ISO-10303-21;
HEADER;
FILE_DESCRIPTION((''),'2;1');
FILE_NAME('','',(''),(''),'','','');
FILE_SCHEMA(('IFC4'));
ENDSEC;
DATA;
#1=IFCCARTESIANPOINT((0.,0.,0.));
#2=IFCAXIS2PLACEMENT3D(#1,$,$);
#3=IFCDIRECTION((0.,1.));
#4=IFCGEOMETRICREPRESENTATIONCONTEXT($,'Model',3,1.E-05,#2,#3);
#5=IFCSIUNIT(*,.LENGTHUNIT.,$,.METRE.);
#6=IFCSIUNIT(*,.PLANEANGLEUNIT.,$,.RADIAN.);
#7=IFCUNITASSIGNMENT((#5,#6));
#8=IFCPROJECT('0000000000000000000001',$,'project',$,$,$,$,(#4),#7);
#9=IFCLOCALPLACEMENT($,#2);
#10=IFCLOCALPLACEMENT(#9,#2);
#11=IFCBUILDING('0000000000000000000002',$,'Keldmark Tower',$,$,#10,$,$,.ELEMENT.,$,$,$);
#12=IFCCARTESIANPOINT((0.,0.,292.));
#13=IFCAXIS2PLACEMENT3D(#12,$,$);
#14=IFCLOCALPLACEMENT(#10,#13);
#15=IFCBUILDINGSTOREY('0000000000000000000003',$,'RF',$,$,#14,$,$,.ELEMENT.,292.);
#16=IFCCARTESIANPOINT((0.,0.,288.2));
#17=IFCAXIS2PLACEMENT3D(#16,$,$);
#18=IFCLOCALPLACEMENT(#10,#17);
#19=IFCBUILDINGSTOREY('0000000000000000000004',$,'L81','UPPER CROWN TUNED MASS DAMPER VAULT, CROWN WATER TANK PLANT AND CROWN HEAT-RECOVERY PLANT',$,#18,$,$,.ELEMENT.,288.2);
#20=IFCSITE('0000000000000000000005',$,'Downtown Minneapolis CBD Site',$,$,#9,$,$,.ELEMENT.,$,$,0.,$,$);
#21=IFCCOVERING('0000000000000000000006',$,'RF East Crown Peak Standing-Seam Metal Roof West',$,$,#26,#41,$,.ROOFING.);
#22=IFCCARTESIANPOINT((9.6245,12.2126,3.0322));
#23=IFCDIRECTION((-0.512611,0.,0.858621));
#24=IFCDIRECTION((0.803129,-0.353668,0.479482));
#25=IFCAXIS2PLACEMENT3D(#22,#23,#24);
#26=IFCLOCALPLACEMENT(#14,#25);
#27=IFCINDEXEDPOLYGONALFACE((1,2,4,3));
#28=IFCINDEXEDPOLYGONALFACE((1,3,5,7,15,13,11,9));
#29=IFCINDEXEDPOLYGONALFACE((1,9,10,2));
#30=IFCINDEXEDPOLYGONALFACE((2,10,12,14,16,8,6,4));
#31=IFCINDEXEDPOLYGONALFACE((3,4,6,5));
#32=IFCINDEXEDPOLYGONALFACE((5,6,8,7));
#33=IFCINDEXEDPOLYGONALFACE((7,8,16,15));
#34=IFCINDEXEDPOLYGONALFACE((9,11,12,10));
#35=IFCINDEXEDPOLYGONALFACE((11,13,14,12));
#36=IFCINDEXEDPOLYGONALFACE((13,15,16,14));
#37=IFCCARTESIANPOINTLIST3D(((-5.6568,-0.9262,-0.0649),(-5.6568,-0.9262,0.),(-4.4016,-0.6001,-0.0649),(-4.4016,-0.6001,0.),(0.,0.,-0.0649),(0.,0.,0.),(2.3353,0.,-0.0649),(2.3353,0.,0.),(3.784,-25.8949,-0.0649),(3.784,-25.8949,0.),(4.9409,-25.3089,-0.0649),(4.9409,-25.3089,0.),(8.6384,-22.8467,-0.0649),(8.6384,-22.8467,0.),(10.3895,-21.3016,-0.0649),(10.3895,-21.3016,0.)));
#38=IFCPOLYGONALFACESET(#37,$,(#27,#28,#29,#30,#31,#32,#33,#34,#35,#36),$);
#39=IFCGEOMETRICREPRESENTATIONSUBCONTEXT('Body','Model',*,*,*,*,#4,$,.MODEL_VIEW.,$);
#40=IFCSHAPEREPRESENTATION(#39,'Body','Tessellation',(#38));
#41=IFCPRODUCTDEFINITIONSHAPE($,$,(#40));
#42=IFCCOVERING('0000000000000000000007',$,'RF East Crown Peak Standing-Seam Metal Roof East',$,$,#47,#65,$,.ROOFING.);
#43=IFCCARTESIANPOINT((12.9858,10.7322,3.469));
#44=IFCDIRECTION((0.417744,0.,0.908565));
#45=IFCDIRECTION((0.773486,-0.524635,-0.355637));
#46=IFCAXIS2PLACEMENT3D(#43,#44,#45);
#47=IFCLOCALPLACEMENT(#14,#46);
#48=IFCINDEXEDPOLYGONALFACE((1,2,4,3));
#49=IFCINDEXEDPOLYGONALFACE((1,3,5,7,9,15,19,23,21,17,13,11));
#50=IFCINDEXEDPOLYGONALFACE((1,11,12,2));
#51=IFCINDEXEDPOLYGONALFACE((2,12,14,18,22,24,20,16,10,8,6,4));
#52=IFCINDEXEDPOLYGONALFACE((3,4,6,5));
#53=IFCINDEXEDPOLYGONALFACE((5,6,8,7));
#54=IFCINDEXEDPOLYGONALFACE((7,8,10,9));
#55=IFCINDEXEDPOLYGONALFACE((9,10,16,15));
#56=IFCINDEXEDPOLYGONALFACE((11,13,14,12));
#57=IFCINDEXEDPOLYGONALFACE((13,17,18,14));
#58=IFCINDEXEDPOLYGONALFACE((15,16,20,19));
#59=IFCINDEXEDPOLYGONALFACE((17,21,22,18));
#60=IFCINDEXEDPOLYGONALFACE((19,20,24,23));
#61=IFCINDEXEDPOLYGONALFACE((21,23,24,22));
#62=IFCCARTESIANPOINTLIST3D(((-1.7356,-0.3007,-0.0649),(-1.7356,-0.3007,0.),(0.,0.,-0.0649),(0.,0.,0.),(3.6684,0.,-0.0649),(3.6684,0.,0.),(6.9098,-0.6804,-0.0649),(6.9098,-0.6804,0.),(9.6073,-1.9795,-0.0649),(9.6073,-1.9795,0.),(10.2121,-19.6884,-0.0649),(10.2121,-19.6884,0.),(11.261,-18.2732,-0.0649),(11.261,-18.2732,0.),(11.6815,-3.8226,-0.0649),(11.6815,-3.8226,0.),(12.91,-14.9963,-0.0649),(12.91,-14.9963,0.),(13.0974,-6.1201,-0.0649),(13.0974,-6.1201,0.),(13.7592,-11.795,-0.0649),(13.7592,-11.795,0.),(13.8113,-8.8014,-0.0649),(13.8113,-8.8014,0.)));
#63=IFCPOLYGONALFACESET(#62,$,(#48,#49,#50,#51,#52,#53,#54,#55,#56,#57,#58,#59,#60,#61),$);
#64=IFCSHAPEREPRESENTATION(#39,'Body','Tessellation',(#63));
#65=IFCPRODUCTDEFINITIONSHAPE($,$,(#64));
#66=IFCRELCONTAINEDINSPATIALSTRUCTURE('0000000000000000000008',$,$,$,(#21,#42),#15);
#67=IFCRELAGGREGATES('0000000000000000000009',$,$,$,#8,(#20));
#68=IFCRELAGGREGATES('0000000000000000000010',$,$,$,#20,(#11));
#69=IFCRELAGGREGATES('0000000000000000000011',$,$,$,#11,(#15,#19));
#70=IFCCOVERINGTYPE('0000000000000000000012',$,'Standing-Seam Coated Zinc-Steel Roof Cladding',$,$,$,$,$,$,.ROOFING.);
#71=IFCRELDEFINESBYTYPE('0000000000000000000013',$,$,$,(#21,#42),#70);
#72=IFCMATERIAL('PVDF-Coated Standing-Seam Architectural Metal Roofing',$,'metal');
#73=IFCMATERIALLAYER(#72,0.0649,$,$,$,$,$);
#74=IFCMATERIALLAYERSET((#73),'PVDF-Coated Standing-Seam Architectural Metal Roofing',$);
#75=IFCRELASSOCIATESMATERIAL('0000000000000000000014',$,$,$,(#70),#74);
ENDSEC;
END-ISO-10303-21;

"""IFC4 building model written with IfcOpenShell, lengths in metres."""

from ifc_helpers import new_model, si_unit, direction, frame, origin, place, context, subcontext, project, spatial, polyline, outline, extrude, material, layer, layer_set, type_object, element, save


model = new_model("IFC4")

# Units and contexts
model_context = context("Model", 3, precision=1e-05, world=origin(), true_north=direction((0.0, 1.0)))
body_context = subcontext(model_context, "Body", "Model", "MODEL_VIEW")
ifc_project = project(units=[si_unit("LENGTHUNIT", "METRE"), si_unit("PLANEANGLEUNIT", "RADIAN")], contexts=[model_context])

# Site, building, storey
site_placement = place(None, origin())
site = spatial("IfcSite", under=ifc_project, at=site_placement, Name="Downtown Minneapolis CBD Site", CompositionType="ELEMENT", RefElevation=0.0)
building_placement = place(site_placement, origin())
building = spatial("IfcBuilding", under=site, at=building_placement, Name="Keldmark Tower", CompositionType="ELEMENT")
storey_1_placement = place(building_placement, frame((0.0, 0.0, 292.0)))
storey_1 = spatial("IfcBuildingStorey", under=building, at=storey_1_placement, Name="RF", CompositionType="ELEMENT", Elevation=292.0)

# Shared definitions
storey_2_placement = place(building_placement, frame((0.0, 0.0, 288.2)))
storey_2 = spatial("IfcBuildingStorey", under=building, at=storey_2_placement, Name="L81", Description="UPPER CROWN TUNED MASS DAMPER VAULT, CROWN WATER TANK PLANT AND CROWN HEAT-RECOVERY PLANT", CompositionType="ELEMENT", Elevation=288.2)

# Coverings
ifc_material_1 = material(Name="PVDF-Coated Standing-Seam Architectural Metal Roofing", Category="metal")
ifc_layer_1 = layer(ifc_material_1, 0.0649)
ifc_layer_set_1 = layer_set([ifc_layer_1], Name="PVDF-Coated Standing-Seam Architectural Metal Roofing")
covering_type = type_object("IfcCoveringType", Name="Standing-Seam Coated Zinc-Steel Roof Cladding", PredefinedType="ROOFING", material=ifc_layer_set_1)
covering_1_placement = place(storey_1_placement, frame((9.6245, 12.2126, 3.0322), z_axis=(-0.512611, 0.0, 0.858621), x_axis=(0.803129, -0.353668, 0.479482)))
element("IfcCovering", 1, at=covering_1_placement, inside=storey_1, type_object=covering_type, Name="RF East Crown Peak Standing-Seam Metal Roof West", PredefinedType="ROOFING", context=body_context, shape_type="SweptSolid", body=[
    extrude(outline(polyline([(0.0, 0.0), (2.3353, 0.0), (10.3895, -21.3016), (8.6384, -22.8467), (4.9409, -25.3089), (3.784, -25.8949), (-5.6568, -0.9262), (-4.4016, -0.6001), (0.0, 0.0)])), origin(), (0.0, 0.0, -1.0), 0.0649),
])
covering_2_placement = place(storey_1_placement, frame((12.9858, 10.7322, 3.469), z_axis=(0.417744, 0.0, 0.908565), x_axis=(0.773486, -0.524635, -0.355637)))
element("IfcCovering", 2, at=covering_2_placement, inside=storey_1, type_object=covering_type, Name="RF East Crown Peak Standing-Seam Metal Roof East", PredefinedType="ROOFING", context=body_context, shape_type="SweptSolid", body=[
    extrude(outline(polyline([(0.0, 0.0), (3.6684, 0.0), (6.9098, -0.6804), (9.6073, -1.9795), (11.6815, -3.8226), (13.0974, -6.1201), (13.8113, -8.8014), (13.7592, -11.795), (12.91, -14.9963), (11.261, -18.2732), (10.2121, -19.6884), (-1.7356, -0.3007), (0.0, 0.0)])), origin(), (0.0, 0.0, -1.0), 0.0649),
])

save(model, "model.ifc")
